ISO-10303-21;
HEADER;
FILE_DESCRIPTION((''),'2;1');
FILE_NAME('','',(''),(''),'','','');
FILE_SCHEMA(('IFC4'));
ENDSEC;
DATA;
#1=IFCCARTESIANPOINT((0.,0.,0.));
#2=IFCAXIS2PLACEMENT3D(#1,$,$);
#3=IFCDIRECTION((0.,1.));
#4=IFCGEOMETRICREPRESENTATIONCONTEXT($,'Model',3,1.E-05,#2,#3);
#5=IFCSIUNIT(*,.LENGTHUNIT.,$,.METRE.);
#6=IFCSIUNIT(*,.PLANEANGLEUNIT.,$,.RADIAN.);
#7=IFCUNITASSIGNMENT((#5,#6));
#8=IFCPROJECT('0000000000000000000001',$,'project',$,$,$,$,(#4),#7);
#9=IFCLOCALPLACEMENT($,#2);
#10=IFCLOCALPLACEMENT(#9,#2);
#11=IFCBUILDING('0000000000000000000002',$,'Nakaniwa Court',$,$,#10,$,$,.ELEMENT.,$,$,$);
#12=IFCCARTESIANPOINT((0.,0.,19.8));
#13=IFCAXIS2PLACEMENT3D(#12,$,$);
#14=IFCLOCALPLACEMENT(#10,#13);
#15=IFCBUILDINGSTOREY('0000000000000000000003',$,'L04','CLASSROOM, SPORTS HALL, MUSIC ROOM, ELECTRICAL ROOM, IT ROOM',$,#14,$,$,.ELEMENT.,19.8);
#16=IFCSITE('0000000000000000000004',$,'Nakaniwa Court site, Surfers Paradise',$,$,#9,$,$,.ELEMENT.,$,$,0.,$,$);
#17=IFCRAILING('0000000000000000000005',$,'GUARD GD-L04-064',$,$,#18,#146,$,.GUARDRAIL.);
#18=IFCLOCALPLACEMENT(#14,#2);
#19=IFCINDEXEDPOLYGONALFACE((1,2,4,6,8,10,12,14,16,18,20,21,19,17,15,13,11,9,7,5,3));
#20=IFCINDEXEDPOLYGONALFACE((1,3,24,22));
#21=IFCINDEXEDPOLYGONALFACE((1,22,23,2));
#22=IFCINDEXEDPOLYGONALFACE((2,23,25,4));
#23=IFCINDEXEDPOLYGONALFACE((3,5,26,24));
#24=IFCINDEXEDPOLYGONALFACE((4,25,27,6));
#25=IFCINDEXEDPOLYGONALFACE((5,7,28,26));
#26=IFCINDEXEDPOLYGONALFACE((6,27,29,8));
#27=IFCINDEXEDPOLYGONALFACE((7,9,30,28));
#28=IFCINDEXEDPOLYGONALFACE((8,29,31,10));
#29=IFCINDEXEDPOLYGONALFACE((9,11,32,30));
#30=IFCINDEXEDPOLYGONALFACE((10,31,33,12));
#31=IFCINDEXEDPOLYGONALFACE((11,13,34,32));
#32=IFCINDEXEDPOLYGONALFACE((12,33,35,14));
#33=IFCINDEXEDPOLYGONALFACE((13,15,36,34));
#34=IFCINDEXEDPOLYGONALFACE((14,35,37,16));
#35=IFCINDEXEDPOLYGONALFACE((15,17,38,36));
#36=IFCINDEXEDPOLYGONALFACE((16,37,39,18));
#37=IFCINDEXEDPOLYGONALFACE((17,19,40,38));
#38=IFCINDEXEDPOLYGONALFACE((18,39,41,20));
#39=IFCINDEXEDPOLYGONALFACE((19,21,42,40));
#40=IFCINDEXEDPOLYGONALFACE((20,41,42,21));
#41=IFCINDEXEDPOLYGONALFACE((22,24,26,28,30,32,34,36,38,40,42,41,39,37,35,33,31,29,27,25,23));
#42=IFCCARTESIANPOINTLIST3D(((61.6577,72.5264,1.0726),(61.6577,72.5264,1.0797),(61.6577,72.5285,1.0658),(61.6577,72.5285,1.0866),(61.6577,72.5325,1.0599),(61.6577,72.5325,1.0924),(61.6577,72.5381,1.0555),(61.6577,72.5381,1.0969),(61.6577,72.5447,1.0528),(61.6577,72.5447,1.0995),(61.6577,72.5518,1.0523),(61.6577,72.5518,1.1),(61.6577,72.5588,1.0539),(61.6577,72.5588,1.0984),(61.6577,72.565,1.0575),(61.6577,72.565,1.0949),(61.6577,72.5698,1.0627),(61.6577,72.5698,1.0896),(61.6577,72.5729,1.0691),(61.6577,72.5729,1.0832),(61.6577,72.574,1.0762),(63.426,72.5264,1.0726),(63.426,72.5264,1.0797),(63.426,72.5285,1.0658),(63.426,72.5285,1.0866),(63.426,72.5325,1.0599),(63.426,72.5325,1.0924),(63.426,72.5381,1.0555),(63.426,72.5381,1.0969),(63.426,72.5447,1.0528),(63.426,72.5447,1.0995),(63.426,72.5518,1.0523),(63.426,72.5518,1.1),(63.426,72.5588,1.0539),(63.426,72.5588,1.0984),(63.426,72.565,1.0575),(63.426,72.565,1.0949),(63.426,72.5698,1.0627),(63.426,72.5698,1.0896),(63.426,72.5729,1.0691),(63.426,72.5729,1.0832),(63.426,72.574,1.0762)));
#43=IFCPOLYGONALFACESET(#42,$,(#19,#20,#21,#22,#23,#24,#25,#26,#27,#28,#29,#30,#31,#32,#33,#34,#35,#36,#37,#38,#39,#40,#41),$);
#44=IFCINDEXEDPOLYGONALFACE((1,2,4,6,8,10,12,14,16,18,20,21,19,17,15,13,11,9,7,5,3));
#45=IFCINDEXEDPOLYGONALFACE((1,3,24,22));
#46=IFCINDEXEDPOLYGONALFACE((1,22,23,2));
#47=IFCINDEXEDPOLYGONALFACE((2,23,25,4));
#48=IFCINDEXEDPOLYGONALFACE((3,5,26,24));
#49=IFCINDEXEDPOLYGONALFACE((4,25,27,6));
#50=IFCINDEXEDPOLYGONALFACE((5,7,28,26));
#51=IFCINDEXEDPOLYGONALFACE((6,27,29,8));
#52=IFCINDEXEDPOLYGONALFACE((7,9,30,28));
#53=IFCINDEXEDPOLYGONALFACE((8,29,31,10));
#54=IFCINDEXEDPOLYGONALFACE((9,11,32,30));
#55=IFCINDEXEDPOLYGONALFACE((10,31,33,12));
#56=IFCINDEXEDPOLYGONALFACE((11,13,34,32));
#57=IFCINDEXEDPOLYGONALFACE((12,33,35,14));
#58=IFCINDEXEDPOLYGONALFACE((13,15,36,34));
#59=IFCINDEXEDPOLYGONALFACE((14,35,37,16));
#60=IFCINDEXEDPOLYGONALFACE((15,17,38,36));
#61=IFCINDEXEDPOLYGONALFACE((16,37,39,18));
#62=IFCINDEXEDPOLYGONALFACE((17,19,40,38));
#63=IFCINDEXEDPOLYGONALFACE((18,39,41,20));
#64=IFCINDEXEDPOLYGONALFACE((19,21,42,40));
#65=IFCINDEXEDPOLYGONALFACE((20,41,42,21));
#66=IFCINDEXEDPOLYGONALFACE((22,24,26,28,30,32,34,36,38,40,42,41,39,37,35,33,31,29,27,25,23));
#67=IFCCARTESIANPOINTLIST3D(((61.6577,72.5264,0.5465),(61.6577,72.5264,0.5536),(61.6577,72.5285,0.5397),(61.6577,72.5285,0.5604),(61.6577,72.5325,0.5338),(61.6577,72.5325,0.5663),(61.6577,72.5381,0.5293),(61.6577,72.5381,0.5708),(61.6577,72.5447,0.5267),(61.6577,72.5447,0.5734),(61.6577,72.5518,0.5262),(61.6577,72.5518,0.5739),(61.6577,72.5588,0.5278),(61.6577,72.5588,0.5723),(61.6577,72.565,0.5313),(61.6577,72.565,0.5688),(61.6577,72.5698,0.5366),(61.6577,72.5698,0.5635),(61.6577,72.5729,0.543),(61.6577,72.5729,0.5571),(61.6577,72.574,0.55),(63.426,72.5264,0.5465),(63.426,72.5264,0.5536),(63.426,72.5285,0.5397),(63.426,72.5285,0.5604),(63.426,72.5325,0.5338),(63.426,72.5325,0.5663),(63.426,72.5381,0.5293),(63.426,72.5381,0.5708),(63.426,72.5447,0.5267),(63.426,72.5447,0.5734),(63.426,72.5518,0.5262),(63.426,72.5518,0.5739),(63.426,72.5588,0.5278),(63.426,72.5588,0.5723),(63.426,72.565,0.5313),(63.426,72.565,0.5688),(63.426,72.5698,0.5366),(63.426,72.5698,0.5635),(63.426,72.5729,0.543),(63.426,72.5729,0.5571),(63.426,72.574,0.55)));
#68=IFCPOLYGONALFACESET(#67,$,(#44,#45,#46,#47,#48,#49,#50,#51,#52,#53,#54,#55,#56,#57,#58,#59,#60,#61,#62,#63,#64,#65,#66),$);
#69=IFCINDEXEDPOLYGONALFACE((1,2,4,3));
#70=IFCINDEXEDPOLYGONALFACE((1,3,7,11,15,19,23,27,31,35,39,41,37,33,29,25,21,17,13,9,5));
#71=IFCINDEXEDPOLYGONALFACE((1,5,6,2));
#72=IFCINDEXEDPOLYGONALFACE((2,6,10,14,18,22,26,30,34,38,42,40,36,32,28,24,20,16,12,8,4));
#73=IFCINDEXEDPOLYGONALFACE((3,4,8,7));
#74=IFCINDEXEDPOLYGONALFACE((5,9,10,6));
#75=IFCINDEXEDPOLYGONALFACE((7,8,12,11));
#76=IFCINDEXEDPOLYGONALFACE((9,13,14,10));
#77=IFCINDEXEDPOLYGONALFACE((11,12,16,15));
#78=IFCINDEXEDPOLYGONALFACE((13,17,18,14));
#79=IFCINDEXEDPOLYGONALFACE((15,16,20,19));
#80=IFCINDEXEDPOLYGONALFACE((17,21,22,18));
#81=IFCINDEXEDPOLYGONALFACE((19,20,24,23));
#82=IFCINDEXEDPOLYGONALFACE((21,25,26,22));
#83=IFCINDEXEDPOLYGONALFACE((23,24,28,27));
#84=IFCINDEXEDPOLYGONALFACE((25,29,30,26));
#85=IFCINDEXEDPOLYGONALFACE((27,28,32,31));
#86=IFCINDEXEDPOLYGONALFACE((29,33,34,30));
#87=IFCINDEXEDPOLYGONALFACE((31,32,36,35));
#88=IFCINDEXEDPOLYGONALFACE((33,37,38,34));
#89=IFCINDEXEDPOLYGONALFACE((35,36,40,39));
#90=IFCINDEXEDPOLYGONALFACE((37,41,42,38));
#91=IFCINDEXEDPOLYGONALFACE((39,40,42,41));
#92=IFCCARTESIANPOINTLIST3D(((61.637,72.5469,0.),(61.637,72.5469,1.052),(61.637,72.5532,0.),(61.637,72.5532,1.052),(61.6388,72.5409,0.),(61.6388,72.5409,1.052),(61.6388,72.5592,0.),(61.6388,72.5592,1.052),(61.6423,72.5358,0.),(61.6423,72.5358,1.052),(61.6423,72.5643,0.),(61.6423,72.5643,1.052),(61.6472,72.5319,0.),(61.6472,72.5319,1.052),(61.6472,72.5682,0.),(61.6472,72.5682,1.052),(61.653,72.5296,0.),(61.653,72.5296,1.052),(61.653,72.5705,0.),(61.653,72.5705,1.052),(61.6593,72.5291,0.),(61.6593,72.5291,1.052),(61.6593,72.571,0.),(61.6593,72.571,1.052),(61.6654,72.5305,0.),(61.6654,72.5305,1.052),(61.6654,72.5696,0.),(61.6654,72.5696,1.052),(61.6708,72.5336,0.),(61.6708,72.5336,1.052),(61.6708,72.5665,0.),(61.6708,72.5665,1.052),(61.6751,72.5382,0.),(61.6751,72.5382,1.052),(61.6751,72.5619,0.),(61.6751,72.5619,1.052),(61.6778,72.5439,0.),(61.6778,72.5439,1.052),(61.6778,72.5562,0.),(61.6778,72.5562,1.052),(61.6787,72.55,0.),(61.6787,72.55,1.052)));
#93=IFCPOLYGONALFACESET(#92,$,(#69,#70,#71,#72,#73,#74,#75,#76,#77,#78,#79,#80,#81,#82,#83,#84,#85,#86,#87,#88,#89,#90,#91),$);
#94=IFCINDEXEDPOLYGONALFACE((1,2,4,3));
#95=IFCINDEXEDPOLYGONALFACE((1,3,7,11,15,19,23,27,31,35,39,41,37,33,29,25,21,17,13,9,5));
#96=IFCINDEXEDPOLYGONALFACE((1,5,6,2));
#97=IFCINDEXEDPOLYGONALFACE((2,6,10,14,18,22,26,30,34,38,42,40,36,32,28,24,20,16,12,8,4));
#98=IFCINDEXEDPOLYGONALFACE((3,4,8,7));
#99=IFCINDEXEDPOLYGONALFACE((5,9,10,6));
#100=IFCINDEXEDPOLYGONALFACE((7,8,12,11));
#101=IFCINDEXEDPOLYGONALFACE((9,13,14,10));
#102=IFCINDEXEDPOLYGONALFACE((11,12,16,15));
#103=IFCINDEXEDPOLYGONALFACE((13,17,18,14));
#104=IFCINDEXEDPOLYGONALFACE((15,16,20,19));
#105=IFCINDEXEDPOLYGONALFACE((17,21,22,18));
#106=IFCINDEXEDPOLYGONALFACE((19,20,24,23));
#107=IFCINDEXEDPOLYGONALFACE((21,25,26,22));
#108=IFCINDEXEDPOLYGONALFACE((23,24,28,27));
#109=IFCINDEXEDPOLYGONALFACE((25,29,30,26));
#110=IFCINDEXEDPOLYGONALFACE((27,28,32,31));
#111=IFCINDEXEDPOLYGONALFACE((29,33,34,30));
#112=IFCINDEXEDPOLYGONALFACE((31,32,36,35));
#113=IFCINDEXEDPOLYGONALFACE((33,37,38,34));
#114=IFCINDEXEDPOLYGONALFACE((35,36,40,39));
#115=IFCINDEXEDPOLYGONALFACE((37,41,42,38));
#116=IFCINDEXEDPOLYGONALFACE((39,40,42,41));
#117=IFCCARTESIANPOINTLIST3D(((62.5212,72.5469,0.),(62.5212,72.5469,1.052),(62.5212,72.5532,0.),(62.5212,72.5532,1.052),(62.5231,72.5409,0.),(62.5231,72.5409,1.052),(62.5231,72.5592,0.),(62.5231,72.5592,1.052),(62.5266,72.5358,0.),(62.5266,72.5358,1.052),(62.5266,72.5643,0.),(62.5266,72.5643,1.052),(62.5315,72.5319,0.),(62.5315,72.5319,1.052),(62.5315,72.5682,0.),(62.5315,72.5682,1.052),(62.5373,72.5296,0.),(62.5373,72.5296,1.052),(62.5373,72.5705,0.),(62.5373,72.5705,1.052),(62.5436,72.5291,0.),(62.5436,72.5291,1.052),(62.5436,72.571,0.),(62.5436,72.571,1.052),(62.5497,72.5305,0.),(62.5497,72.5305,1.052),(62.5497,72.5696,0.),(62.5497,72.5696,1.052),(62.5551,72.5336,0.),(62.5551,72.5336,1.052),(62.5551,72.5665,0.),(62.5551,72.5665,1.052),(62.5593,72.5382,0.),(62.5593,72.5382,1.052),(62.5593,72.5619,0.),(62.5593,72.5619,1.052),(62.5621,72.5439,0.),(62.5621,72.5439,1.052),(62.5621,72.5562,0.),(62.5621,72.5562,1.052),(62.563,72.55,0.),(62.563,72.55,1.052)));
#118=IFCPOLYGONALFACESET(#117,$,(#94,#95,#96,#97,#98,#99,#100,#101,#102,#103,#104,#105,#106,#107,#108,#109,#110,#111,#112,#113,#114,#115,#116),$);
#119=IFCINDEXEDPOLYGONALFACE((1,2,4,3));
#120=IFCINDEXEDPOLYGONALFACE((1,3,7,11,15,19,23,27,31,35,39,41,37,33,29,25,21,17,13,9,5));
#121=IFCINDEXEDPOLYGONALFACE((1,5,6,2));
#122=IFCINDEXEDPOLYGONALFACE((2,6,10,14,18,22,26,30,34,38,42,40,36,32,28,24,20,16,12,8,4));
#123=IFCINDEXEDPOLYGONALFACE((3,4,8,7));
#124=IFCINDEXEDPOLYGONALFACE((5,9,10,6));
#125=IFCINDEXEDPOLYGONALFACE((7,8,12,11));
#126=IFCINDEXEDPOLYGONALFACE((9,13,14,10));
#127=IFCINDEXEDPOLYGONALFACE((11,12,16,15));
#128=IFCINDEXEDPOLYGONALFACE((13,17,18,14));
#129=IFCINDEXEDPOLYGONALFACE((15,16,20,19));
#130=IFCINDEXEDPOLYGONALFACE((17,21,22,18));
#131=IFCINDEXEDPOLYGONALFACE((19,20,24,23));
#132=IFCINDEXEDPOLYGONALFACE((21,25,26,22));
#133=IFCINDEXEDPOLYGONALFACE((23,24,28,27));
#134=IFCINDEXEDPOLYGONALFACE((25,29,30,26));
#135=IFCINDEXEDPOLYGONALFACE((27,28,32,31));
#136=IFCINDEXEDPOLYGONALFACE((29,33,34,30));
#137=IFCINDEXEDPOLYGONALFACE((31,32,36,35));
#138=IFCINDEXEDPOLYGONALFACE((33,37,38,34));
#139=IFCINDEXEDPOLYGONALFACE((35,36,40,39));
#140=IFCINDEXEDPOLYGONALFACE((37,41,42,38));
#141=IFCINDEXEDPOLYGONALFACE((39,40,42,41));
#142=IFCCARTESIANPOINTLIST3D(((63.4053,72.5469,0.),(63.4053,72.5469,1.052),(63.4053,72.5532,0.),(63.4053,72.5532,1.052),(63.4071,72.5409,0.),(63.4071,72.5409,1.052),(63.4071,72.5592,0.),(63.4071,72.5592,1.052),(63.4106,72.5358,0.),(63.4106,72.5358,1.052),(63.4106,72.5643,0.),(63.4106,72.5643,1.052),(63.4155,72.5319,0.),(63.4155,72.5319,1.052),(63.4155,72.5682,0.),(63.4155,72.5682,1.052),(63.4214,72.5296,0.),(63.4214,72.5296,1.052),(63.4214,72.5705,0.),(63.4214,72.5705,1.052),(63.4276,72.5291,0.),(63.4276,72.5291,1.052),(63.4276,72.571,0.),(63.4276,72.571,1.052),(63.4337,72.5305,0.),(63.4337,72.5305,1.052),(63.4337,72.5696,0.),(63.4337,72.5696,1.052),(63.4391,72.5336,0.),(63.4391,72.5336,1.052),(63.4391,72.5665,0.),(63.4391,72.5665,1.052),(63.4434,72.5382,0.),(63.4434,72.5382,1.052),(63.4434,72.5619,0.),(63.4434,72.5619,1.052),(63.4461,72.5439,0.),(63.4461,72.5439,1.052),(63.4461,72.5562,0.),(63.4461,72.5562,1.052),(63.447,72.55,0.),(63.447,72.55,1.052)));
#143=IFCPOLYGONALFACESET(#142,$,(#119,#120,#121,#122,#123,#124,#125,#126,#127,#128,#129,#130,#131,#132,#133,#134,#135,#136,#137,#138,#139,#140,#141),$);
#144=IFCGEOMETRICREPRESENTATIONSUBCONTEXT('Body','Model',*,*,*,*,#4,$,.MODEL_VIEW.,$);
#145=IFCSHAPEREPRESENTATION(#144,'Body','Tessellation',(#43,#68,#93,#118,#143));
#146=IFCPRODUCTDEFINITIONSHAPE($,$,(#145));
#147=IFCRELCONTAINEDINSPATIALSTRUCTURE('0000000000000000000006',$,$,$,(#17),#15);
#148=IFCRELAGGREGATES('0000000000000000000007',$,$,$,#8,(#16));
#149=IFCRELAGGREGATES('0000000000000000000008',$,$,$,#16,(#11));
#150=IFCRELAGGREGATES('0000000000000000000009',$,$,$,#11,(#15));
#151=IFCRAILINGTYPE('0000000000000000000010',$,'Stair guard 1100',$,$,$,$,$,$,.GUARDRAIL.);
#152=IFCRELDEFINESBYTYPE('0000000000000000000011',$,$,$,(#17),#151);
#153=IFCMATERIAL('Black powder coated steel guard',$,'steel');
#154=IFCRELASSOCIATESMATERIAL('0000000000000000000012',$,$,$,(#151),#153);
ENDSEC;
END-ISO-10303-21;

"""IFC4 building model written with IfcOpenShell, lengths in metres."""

from ifc_helpers import new_model, si_unit, direction, frame, origin, origin_2d, place, context, subcontext, project, spatial, circle, extrude, material, type_object, element, save


model = new_model("IFC4")

# Units and contexts
model_context = context("Model", 3, precision=1e-05, world=origin(), true_north=direction((0.0, 1.0)))
body_context = subcontext(model_context, "Body", "Model", "MODEL_VIEW")
ifc_project = project(units=[si_unit("LENGTHUNIT", "METRE"), si_unit("PLANEANGLEUNIT", "RADIAN")], contexts=[model_context])

# Site, building, storey
site_placement = place(None, origin())
site = spatial("IfcSite", under=ifc_project, at=site_placement, Name="Nakaniwa Court site, Surfers Paradise", CompositionType="ELEMENT", RefElevation=0.0)
building_placement = place(site_placement, origin())
building = spatial("IfcBuilding", under=site, at=building_placement, Name="Nakaniwa Court", CompositionType="ELEMENT")
storey_placement = place(building_placement, frame((0.0, 0.0, 19.8)))
storey = spatial("IfcBuildingStorey", under=building, at=storey_placement, Name="L04", Description="CLASSROOM, SPORTS HALL, MUSIC ROOM, ELECTRICAL ROOM, IT ROOM", CompositionType="ELEMENT", Elevation=19.8)

# Railing
ifc_material_1 = material(Name="Black powder coated steel guard", Category="steel")
railing_type = type_object("IfcRailingType", Name="Stair guard 1100", PredefinedType="GUARDRAIL", material=ifc_material_1)
railing_1_placement = place(storey_placement, frame((61.6577, 72.55, 0.0)))
element("IfcRailing", 1, at=railing_1_placement, inside=storey, type_object=railing_type, Name="GUARD GD-L04-064", PredefinedType="GUARDRAIL", context=body_context, shape_type="SweptSolid", body=[
    extrude(circle(Radius=0.0239, at=origin_2d()), frame((0.0, 0.0, 1.0762), z_axis=(1.0, 0.0, 0.0), x_axis=(0.0, 1.0, 0.0)), (0.0, 0.0, 1.0), 1.7683),
    extrude(circle(Radius=0.0239, at=origin_2d()), frame((0.0, 0.0, 0.55), z_axis=(1.0, 0.0, 0.0), x_axis=(0.0, 1.0, 0.0)), (0.0, 0.0, 1.0), 1.7683),
    extrude(circle(Radius=0.021, at=origin_2d()), origin(), (0.0, 0.0, 1.0), 1.052),
    extrude(circle(Radius=0.021, at=origin_2d()), frame((0.8843, 0.0, 0.0)), (0.0, 0.0, 1.0), 1.052),
    extrude(circle(Radius=0.021, at=origin_2d()), frame((1.7683, 0.0, 0.0)), (0.0, 0.0, 1.0), 1.052),
])

save(model, "model.ifc")
